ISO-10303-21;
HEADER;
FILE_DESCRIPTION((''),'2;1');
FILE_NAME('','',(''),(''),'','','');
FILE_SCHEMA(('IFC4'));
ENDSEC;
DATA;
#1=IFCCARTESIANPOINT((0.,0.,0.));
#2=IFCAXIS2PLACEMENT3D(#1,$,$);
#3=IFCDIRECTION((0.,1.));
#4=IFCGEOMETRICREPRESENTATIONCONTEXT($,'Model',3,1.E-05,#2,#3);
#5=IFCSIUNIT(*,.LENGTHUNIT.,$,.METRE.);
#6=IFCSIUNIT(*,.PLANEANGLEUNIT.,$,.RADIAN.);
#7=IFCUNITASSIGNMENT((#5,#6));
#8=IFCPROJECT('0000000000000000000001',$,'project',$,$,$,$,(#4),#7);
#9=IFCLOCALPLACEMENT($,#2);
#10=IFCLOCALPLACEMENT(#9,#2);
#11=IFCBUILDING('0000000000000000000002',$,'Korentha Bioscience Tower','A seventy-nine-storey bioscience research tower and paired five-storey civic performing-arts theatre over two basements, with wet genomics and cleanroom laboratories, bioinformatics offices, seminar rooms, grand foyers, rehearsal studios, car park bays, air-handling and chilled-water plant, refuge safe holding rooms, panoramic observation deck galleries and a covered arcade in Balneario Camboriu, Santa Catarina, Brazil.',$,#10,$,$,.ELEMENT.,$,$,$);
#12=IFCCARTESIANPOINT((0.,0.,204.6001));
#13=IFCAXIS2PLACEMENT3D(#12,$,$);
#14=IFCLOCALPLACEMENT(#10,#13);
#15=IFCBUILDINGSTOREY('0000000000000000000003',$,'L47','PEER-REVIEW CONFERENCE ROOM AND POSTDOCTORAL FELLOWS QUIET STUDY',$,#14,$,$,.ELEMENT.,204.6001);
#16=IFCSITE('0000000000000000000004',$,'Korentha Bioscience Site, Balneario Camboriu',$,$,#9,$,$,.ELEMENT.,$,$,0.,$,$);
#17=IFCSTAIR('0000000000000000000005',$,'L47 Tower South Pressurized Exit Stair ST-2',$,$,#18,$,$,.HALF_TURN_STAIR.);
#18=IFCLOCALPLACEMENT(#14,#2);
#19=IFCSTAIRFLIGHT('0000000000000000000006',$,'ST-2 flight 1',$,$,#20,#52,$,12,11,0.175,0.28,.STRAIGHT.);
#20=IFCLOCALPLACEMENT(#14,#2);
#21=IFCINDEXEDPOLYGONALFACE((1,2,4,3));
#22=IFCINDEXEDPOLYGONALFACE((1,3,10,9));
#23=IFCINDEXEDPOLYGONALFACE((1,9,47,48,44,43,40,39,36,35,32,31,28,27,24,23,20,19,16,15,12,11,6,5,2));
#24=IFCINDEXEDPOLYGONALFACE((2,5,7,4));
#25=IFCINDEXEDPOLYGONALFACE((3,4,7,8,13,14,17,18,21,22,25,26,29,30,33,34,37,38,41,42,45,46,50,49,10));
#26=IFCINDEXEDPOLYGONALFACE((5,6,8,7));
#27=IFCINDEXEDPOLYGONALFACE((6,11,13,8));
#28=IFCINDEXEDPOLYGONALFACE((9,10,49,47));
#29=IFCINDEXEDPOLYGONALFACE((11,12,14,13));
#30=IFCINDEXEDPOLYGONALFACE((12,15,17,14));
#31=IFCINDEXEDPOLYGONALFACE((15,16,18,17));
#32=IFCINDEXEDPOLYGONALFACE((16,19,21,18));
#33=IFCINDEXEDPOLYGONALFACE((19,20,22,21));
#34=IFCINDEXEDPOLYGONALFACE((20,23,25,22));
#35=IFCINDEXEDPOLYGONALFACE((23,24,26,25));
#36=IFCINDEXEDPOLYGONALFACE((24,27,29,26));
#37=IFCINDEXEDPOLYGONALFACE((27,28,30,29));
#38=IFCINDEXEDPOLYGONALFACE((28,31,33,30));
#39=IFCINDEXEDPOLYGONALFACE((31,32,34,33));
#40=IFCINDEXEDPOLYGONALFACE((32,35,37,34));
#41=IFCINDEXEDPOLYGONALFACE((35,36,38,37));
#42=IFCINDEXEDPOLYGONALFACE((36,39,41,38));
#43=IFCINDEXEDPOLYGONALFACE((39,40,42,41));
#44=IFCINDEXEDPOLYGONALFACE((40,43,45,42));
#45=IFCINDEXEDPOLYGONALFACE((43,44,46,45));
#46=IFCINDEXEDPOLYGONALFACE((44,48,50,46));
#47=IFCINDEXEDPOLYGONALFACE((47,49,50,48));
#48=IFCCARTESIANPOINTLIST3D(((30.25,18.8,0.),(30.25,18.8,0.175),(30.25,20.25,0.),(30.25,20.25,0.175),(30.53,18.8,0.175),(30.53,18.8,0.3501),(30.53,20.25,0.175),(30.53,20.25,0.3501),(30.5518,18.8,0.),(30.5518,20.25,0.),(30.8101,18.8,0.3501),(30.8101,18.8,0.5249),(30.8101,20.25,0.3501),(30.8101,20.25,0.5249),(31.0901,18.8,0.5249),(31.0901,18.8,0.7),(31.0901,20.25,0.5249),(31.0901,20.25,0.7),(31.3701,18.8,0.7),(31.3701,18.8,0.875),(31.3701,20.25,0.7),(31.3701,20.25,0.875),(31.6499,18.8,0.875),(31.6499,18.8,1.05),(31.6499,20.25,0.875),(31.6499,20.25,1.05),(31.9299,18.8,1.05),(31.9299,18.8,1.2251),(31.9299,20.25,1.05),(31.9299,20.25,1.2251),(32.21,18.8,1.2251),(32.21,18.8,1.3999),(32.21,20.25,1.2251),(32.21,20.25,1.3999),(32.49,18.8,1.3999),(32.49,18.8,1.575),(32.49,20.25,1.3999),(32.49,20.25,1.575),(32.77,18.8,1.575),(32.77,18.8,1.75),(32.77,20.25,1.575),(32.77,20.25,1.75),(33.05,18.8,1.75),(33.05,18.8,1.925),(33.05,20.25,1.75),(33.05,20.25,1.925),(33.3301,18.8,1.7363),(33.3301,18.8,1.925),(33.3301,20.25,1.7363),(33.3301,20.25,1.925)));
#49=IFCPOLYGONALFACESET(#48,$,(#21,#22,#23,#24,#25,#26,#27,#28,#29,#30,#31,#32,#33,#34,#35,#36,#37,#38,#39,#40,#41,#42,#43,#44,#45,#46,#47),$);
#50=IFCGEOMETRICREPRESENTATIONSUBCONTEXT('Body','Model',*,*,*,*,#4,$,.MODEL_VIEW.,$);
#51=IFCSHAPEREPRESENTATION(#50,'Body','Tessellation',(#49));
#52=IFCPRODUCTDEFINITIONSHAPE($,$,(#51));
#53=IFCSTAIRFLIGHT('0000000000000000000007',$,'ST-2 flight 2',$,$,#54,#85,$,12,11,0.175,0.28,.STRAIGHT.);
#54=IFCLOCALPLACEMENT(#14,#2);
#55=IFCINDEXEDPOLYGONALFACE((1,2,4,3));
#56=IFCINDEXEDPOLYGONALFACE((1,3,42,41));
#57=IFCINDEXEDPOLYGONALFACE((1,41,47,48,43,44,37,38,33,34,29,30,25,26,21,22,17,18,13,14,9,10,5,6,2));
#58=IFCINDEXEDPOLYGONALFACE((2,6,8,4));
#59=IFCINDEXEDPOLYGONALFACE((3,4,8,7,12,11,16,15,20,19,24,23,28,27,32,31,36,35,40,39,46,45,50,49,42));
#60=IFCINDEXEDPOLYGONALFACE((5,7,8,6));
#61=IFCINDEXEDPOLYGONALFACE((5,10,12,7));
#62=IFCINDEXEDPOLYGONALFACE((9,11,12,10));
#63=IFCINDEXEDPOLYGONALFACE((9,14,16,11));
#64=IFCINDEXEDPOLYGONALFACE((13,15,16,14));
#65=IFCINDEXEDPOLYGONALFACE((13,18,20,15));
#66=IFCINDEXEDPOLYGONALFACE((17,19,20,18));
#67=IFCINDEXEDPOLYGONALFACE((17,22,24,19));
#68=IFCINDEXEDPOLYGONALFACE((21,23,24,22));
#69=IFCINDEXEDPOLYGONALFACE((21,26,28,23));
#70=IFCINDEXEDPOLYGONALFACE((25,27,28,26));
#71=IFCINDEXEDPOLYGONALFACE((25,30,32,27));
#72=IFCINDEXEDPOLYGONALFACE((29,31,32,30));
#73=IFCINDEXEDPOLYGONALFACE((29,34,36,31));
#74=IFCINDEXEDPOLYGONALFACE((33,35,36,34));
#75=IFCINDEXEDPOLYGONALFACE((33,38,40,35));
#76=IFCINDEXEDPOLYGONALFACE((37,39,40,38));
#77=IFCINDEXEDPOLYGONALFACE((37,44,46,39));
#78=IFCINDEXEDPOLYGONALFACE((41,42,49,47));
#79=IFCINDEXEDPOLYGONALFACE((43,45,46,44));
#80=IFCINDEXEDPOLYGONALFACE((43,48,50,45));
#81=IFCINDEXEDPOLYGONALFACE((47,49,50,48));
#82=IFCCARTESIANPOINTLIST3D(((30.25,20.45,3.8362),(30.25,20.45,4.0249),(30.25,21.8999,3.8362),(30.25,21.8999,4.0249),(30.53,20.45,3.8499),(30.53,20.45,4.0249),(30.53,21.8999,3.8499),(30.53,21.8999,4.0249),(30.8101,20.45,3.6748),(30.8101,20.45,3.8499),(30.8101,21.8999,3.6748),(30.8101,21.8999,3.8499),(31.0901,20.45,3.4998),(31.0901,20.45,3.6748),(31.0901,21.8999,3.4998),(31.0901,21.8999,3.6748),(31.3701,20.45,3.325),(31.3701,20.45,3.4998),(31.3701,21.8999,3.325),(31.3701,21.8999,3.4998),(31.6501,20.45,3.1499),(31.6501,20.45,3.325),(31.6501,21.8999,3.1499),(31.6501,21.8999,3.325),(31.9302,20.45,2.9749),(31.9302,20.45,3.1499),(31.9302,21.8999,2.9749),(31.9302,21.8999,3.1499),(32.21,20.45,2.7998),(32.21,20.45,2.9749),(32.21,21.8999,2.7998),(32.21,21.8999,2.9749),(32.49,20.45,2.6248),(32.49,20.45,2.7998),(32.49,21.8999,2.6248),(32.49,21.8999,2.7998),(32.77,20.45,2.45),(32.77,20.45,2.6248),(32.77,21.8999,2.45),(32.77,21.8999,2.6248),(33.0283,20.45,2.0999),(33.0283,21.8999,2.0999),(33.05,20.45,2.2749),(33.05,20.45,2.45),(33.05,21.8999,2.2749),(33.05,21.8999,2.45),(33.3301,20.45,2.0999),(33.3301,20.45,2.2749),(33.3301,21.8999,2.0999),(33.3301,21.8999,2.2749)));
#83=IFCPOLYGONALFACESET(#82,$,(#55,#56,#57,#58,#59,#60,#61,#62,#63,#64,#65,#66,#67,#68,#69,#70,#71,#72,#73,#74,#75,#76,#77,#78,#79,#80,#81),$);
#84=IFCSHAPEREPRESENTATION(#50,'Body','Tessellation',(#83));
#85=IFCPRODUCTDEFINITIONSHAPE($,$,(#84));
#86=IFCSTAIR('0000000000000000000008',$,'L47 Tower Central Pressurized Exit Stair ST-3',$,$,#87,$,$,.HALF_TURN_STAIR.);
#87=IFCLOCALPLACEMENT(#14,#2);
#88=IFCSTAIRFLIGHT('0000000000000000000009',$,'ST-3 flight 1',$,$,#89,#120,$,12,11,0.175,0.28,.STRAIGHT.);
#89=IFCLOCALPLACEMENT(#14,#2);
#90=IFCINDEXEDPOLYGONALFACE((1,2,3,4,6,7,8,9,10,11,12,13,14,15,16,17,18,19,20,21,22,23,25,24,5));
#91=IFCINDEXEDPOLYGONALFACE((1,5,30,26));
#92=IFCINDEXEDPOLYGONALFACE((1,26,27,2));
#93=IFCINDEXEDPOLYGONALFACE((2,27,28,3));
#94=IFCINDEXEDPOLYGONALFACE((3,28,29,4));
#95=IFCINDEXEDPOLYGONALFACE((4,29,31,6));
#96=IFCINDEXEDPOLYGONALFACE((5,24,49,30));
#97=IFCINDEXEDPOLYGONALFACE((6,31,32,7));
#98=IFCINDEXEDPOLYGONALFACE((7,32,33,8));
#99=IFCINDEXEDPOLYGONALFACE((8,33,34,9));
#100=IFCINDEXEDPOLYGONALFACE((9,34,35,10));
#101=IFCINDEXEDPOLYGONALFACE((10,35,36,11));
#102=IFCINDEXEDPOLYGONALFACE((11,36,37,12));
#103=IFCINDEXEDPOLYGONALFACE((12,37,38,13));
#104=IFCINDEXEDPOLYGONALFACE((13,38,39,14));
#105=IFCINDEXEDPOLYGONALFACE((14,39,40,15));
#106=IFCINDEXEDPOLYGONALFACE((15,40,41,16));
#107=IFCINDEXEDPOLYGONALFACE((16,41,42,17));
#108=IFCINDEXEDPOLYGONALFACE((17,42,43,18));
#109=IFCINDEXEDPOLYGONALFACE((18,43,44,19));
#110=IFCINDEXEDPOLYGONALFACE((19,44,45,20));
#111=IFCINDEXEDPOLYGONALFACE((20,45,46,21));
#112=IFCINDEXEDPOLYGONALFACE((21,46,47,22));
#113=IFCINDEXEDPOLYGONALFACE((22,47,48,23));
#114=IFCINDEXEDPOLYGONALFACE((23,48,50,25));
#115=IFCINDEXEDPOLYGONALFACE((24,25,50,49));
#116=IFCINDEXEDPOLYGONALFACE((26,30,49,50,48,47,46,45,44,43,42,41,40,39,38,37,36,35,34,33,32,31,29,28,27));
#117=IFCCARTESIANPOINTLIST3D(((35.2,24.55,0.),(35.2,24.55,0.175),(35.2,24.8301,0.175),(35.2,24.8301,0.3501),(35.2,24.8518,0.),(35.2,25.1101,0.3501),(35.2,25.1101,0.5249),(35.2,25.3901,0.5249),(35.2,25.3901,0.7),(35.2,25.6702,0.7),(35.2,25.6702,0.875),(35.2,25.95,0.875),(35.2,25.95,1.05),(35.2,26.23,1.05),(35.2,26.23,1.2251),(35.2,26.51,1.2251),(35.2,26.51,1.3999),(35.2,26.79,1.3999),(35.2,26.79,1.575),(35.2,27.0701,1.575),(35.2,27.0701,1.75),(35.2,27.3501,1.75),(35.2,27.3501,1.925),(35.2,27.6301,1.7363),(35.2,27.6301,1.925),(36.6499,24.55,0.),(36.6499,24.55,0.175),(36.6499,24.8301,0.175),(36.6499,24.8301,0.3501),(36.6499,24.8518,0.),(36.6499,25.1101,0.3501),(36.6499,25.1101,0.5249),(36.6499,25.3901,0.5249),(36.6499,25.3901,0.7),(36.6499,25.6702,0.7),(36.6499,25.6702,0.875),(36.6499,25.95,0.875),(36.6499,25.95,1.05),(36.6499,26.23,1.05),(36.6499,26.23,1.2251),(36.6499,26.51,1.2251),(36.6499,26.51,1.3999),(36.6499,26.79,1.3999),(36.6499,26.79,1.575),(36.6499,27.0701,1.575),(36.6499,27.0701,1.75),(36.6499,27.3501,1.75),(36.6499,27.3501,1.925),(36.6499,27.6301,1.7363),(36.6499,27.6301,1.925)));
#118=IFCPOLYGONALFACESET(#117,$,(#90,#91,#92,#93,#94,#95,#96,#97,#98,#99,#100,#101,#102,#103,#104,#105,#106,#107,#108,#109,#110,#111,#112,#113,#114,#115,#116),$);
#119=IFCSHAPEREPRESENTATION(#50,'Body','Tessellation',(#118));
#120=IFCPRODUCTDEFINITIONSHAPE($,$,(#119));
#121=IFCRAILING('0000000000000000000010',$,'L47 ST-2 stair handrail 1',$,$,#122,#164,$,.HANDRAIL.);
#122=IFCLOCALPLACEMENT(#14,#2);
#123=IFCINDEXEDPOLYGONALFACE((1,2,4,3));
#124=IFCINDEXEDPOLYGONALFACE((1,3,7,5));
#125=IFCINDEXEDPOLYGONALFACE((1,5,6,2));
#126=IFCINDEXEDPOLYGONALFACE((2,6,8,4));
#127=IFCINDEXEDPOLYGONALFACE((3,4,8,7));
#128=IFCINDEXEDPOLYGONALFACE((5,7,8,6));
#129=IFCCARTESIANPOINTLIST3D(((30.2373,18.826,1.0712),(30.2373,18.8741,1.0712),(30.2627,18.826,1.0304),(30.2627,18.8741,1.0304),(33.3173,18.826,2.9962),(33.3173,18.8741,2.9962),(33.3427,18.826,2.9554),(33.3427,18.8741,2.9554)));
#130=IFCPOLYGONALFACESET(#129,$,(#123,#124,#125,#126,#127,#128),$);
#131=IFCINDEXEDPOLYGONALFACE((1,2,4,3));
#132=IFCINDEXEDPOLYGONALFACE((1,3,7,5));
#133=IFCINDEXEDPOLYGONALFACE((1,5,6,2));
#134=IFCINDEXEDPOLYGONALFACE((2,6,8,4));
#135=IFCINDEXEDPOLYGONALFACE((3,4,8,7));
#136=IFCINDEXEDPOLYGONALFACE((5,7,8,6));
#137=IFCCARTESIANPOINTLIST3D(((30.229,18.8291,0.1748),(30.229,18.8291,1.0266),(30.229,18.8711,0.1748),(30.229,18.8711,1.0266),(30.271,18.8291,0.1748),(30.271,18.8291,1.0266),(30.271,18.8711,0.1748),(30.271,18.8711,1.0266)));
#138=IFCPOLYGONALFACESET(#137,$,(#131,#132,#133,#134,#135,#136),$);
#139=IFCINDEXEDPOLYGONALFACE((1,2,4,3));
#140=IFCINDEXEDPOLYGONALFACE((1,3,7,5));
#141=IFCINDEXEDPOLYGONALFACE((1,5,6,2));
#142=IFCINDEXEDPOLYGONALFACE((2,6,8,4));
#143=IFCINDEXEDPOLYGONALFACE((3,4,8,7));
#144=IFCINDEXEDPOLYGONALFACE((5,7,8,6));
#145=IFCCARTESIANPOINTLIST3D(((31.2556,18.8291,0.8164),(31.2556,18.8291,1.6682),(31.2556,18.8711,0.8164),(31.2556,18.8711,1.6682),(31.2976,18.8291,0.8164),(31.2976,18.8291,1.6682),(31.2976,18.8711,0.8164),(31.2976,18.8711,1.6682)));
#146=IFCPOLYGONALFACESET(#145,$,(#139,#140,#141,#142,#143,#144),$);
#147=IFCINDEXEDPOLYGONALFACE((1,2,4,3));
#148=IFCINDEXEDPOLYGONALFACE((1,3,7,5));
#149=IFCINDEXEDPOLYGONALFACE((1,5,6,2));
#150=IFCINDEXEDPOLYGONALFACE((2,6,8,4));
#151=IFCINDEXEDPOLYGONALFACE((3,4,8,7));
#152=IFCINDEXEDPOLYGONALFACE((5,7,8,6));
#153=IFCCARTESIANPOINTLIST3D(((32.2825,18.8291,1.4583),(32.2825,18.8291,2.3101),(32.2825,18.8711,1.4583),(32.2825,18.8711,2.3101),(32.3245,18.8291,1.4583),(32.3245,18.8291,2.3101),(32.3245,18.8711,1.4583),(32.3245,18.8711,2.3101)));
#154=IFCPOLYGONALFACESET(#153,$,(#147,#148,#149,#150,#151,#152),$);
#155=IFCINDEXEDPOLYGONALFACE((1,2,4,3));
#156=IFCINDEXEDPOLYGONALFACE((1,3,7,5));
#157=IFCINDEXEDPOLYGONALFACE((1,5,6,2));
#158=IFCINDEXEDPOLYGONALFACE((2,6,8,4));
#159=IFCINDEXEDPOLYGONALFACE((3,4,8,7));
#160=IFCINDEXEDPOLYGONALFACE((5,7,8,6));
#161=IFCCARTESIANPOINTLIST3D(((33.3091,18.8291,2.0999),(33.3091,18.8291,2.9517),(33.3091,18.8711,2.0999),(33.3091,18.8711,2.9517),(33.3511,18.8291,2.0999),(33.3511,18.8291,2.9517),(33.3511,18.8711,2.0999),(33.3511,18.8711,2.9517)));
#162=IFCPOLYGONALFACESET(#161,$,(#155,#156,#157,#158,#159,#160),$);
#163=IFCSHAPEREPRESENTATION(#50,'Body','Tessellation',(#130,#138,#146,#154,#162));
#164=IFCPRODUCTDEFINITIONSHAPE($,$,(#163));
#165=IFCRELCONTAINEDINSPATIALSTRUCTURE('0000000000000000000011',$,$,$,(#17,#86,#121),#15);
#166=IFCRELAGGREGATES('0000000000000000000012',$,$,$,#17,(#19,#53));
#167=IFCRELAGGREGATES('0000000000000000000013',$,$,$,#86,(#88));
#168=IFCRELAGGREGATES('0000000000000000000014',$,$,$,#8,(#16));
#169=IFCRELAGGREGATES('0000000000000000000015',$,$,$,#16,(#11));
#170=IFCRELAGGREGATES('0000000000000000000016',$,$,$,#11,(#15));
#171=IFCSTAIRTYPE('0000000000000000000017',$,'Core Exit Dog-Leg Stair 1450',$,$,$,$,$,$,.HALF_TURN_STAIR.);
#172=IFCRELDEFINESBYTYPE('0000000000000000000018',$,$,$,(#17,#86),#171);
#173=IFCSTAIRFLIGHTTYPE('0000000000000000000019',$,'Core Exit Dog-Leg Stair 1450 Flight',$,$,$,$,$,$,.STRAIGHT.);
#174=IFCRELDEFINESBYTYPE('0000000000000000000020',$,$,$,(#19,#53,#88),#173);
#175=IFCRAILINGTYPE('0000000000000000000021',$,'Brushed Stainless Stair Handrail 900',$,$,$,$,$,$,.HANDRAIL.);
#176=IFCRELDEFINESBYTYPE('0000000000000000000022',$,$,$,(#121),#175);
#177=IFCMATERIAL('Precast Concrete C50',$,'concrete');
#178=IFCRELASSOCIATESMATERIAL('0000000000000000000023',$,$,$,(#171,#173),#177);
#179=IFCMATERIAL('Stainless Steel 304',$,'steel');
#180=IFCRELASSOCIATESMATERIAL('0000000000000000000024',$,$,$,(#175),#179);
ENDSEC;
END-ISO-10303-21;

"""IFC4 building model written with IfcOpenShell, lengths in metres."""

from ifc_helpers import new_model, si_unit, direction, frame, origin, origin_2d, place, context, subcontext, project, spatial, polyline, rectangle, outline, extrude, material, type_object, element, aggregate, save


model = new_model("IFC4")

# Units and contexts
model_context = context("Model", 3, precision=1e-05, world=origin(), true_north=direction((0.0, 1.0)))
body_context = subcontext(model_context, "Body", "Model", "MODEL_VIEW")
ifc_project = project(units=[si_unit("LENGTHUNIT", "METRE"), si_unit("PLANEANGLEUNIT", "RADIAN")], contexts=[model_context])

# Site, building, storey
site_placement = place(None, origin())
site = spatial("IfcSite", under=ifc_project, at=site_placement, Name="Korentha Bioscience Site, Balneario Camboriu", CompositionType="ELEMENT", RefElevation=0.0)
building_placement = place(site_placement, origin())
building = spatial("IfcBuilding", under=site, at=building_placement, Name="Korentha Bioscience Tower", Description="A seventy-nine-storey bioscience research tower and paired five-storey civic performing-arts theatre over two basements, with wet genomics and cleanroom laboratories, bioinformatics offices, seminar rooms, grand foyers, rehearsal studios, car park bays, air-handling and chilled-water plant, refuge safe holding rooms, panoramic observation deck galleries and a covered arcade in Balneario Camboriu, Santa Catarina, Brazil.", CompositionType="ELEMENT")
storey_placement = place(building_placement, frame((0.0, 0.0, 204.6001)))
storey = spatial("IfcBuildingStorey", under=building, at=storey_placement, Name="L47", Description="PEER-REVIEW CONFERENCE ROOM AND POSTDOCTORAL FELLOWS QUIET STUDY", CompositionType="ELEMENT", Elevation=204.6001)

# Stair, stair flights
ifc_material_1 = material(Name="Precast Concrete C50", Category="concrete")
stair_type = type_object("IfcStairType", Name="Core Exit Dog-Leg Stair 1450", PredefinedType="HALF_TURN_STAIR", material=ifc_material_1)
stair_1_placement = place(storey_placement, origin())
stair_1 = element("IfcStair", 1, at=stair_1_placement, inside=storey, type_object=stair_type, Name="L47 Tower South Pressurized Exit Stair ST-2", PredefinedType="HALF_TURN_STAIR")
stair_flight_type = type_object("IfcStairFlightType", Name="Core Exit Dog-Leg Stair 1450 Flight", PredefinedType="STRAIGHT", material=ifc_material_1)
stair_flight_1_placement = place(storey_placement, frame((30.25, 19.5249, 0.0), z_axis=(0.0, 0.0, 1.0), x_axis=(1.0, 0.0, 0.0)))
stair_flight_1 = element("IfcStairFlight", 2, at=stair_flight_1_placement, type_object=stair_flight_type, Name="ST-2 flight 1", NumberOfRisers=12, NumberOfTreads=11, PredefinedType="STRAIGHT", RiserHeight=0.175, TreadLength=0.28, context=body_context, shape_type="SweptSolid", body=[
    extrude(outline(polyline([(0.0, 0.0), (0.0, 0.175), (0.28, 0.175), (0.28, 0.3501), (0.5601, 0.3501), (0.5601, 0.5249), (0.8401, 0.5249), (0.8401, 0.7), (1.1201, 0.7), (1.1201, 0.875), (1.3999, 0.875), (1.3999, 1.05), (1.6799, 1.05), (1.6799, 1.2251), (1.96, 1.2251), (1.96, 1.3999), (2.24, 1.3999), (2.24, 1.575), (2.52, 1.575), (2.52, 1.75), (2.8, 1.75), (2.8, 1.925), (3.0801, 1.925), (3.0801, 2.1001), (3.0801, 1.7363), (0.3018, 0.0), (0.0, 0.0)])), frame((0.0, 0.7251, 0.0), z_axis=(0.0, -1.0, 0.0), x_axis=(1.0, 0.0, 0.0)), (0.0, 0.0, 1.0), 1.45),
])
stair_flight_2_placement = place(storey_placement, frame((33.3301, 21.175, 2.0999), z_axis=(0.0, 0.0, 1.0), x_axis=(-1.0, 0.0, 0.0)))
stair_flight_2 = element("IfcStairFlight", 3, at=stair_flight_2_placement, type_object=stair_flight_type, Name="ST-2 flight 2", NumberOfRisers=12, NumberOfTreads=11, PredefinedType="STRAIGHT", RiserHeight=0.175, TreadLength=0.28, context=body_context, shape_type="SweptSolid", body=[
    extrude(outline(polyline([(0.0, 0.0), (0.0, 0.175), (0.28, 0.175), (0.28, 0.3501), (0.5601, 0.3501), (0.5601, 0.5249), (0.8401, 0.5249), (0.8401, 0.7), (1.1201, 0.7), (1.1201, 0.875), (1.3999, 0.875), (1.3999, 1.05), (1.6799, 1.05), (1.6799, 1.2251), (1.96, 1.2251), (1.96, 1.3999), (2.24, 1.3999), (2.24, 1.575), (2.52, 1.575), (2.52, 1.75), (2.8, 1.75), (2.8, 1.925), (3.0801, 1.925), (3.0801, 2.1001), (3.0801, 1.7363), (0.3018, 0.0), (0.0, 0.0)])), frame((0.0, 0.7251, 0.0), z_axis=(0.0, -1.0, 0.0), x_axis=(1.0, 0.0, 0.0)), (0.0, 0.0, 1.0), 1.45),
])
aggregate(stair_1, [stair_flight_1, stair_flight_2])

# Stair, stair flight
stair_2_placement = place(storey_placement, origin())
stair_2 = element("IfcStair", 4, at=stair_2_placement, inside=storey, type_object=stair_type, Name="L47 Tower Central Pressurized Exit Stair ST-3", PredefinedType="HALF_TURN_STAIR")
stair_flight_3_placement = place(storey_placement, frame((35.925, 24.55, 0.0), z_axis=(0.0, 0.0, 1.0), x_axis=(0.0, 1.0, 0.0)))
stair_flight_3 = element("IfcStairFlight", 5, at=stair_flight_3_placement, type_object=stair_flight_type, Name="ST-3 flight 1", NumberOfRisers=12, NumberOfTreads=11, PredefinedType="STRAIGHT", RiserHeight=0.175, TreadLength=0.28, context=body_context, shape_type="SweptSolid", body=[
    extrude(outline(polyline([(0.0, 0.0), (0.0, 0.175), (0.28, 0.175), (0.28, 0.3501), (0.5601, 0.3501), (0.5601, 0.5249), (0.8401, 0.5249), (0.8401, 0.7), (1.1201, 0.7), (1.1201, 0.875), (1.3999, 0.875), (1.3999, 1.05), (1.6799, 1.05), (1.6799, 1.2251), (1.96, 1.2251), (1.96, 1.3999), (2.24, 1.3999), (2.24, 1.575), (2.52, 1.575), (2.52, 1.75), (2.8, 1.75), (2.8, 1.925), (3.0801, 1.925), (3.0801, 2.1001), (3.0801, 1.7363), (0.3018, 0.0), (0.0, 0.0)])), frame((0.0, 0.7251, 0.0), z_axis=(0.0, -1.0, 0.0), x_axis=(1.0, 0.0, 0.0)), (0.0, 0.0, 1.0), 1.45),
])
aggregate(stair_2, [stair_flight_3])

# Railing
ifc_material_2 = material(Name="Stainless Steel 304", Category="steel")
railing_type_1 = type_object("IfcRailingType", Name="Brushed Stainless Stair Handrail 900", PredefinedType="HANDRAIL", material=ifc_material_2)
railing_1_placement = place(storey_placement, frame((30.25, 18.8501, 0.1748)))
element("IfcRailing", 6, at=railing_1_placement, inside=storey, type_object=railing_type_1, Name="L47 ST-2 stair handrail 1", PredefinedType="HANDRAIL", context=body_context, shape_type="SweptSolid", body=[
    extrude(rectangle(XDim=0.0481, YDim=0.0481, at=origin_2d()), frame((0.0, 0.0, 0.876), z_axis=(0.847998, 0.0, 0.529999), x_axis=(0.0, 1.0, 0.0)), (0.0, 0.0, 1.0), 3.6321),
    extrude(rectangle(XDim=0.042, YDim=0.042, at=origin_2d()), origin(), (0.0, 0.0, 1.0), 0.8518),
    extrude(rectangle(XDim=0.042, YDim=0.042, at=origin_2d()), frame((1.0266, 0.0, 0.6416)), (0.0, 0.0, 1.0), 0.8518),
    extrude(rectangle(XDim=0.042, YDim=0.042, at=origin_2d()), frame((2.0535, 0.0, 1.2834)), (0.0, 0.0, 1.0), 0.8518),
    extrude(rectangle(XDim=0.042, YDim=0.042, at=origin_2d()), frame((3.0801, 0.0, 1.925)), (0.0, 0.0, 1.0), 0.8518),
])

save(model, "model.ifc")
